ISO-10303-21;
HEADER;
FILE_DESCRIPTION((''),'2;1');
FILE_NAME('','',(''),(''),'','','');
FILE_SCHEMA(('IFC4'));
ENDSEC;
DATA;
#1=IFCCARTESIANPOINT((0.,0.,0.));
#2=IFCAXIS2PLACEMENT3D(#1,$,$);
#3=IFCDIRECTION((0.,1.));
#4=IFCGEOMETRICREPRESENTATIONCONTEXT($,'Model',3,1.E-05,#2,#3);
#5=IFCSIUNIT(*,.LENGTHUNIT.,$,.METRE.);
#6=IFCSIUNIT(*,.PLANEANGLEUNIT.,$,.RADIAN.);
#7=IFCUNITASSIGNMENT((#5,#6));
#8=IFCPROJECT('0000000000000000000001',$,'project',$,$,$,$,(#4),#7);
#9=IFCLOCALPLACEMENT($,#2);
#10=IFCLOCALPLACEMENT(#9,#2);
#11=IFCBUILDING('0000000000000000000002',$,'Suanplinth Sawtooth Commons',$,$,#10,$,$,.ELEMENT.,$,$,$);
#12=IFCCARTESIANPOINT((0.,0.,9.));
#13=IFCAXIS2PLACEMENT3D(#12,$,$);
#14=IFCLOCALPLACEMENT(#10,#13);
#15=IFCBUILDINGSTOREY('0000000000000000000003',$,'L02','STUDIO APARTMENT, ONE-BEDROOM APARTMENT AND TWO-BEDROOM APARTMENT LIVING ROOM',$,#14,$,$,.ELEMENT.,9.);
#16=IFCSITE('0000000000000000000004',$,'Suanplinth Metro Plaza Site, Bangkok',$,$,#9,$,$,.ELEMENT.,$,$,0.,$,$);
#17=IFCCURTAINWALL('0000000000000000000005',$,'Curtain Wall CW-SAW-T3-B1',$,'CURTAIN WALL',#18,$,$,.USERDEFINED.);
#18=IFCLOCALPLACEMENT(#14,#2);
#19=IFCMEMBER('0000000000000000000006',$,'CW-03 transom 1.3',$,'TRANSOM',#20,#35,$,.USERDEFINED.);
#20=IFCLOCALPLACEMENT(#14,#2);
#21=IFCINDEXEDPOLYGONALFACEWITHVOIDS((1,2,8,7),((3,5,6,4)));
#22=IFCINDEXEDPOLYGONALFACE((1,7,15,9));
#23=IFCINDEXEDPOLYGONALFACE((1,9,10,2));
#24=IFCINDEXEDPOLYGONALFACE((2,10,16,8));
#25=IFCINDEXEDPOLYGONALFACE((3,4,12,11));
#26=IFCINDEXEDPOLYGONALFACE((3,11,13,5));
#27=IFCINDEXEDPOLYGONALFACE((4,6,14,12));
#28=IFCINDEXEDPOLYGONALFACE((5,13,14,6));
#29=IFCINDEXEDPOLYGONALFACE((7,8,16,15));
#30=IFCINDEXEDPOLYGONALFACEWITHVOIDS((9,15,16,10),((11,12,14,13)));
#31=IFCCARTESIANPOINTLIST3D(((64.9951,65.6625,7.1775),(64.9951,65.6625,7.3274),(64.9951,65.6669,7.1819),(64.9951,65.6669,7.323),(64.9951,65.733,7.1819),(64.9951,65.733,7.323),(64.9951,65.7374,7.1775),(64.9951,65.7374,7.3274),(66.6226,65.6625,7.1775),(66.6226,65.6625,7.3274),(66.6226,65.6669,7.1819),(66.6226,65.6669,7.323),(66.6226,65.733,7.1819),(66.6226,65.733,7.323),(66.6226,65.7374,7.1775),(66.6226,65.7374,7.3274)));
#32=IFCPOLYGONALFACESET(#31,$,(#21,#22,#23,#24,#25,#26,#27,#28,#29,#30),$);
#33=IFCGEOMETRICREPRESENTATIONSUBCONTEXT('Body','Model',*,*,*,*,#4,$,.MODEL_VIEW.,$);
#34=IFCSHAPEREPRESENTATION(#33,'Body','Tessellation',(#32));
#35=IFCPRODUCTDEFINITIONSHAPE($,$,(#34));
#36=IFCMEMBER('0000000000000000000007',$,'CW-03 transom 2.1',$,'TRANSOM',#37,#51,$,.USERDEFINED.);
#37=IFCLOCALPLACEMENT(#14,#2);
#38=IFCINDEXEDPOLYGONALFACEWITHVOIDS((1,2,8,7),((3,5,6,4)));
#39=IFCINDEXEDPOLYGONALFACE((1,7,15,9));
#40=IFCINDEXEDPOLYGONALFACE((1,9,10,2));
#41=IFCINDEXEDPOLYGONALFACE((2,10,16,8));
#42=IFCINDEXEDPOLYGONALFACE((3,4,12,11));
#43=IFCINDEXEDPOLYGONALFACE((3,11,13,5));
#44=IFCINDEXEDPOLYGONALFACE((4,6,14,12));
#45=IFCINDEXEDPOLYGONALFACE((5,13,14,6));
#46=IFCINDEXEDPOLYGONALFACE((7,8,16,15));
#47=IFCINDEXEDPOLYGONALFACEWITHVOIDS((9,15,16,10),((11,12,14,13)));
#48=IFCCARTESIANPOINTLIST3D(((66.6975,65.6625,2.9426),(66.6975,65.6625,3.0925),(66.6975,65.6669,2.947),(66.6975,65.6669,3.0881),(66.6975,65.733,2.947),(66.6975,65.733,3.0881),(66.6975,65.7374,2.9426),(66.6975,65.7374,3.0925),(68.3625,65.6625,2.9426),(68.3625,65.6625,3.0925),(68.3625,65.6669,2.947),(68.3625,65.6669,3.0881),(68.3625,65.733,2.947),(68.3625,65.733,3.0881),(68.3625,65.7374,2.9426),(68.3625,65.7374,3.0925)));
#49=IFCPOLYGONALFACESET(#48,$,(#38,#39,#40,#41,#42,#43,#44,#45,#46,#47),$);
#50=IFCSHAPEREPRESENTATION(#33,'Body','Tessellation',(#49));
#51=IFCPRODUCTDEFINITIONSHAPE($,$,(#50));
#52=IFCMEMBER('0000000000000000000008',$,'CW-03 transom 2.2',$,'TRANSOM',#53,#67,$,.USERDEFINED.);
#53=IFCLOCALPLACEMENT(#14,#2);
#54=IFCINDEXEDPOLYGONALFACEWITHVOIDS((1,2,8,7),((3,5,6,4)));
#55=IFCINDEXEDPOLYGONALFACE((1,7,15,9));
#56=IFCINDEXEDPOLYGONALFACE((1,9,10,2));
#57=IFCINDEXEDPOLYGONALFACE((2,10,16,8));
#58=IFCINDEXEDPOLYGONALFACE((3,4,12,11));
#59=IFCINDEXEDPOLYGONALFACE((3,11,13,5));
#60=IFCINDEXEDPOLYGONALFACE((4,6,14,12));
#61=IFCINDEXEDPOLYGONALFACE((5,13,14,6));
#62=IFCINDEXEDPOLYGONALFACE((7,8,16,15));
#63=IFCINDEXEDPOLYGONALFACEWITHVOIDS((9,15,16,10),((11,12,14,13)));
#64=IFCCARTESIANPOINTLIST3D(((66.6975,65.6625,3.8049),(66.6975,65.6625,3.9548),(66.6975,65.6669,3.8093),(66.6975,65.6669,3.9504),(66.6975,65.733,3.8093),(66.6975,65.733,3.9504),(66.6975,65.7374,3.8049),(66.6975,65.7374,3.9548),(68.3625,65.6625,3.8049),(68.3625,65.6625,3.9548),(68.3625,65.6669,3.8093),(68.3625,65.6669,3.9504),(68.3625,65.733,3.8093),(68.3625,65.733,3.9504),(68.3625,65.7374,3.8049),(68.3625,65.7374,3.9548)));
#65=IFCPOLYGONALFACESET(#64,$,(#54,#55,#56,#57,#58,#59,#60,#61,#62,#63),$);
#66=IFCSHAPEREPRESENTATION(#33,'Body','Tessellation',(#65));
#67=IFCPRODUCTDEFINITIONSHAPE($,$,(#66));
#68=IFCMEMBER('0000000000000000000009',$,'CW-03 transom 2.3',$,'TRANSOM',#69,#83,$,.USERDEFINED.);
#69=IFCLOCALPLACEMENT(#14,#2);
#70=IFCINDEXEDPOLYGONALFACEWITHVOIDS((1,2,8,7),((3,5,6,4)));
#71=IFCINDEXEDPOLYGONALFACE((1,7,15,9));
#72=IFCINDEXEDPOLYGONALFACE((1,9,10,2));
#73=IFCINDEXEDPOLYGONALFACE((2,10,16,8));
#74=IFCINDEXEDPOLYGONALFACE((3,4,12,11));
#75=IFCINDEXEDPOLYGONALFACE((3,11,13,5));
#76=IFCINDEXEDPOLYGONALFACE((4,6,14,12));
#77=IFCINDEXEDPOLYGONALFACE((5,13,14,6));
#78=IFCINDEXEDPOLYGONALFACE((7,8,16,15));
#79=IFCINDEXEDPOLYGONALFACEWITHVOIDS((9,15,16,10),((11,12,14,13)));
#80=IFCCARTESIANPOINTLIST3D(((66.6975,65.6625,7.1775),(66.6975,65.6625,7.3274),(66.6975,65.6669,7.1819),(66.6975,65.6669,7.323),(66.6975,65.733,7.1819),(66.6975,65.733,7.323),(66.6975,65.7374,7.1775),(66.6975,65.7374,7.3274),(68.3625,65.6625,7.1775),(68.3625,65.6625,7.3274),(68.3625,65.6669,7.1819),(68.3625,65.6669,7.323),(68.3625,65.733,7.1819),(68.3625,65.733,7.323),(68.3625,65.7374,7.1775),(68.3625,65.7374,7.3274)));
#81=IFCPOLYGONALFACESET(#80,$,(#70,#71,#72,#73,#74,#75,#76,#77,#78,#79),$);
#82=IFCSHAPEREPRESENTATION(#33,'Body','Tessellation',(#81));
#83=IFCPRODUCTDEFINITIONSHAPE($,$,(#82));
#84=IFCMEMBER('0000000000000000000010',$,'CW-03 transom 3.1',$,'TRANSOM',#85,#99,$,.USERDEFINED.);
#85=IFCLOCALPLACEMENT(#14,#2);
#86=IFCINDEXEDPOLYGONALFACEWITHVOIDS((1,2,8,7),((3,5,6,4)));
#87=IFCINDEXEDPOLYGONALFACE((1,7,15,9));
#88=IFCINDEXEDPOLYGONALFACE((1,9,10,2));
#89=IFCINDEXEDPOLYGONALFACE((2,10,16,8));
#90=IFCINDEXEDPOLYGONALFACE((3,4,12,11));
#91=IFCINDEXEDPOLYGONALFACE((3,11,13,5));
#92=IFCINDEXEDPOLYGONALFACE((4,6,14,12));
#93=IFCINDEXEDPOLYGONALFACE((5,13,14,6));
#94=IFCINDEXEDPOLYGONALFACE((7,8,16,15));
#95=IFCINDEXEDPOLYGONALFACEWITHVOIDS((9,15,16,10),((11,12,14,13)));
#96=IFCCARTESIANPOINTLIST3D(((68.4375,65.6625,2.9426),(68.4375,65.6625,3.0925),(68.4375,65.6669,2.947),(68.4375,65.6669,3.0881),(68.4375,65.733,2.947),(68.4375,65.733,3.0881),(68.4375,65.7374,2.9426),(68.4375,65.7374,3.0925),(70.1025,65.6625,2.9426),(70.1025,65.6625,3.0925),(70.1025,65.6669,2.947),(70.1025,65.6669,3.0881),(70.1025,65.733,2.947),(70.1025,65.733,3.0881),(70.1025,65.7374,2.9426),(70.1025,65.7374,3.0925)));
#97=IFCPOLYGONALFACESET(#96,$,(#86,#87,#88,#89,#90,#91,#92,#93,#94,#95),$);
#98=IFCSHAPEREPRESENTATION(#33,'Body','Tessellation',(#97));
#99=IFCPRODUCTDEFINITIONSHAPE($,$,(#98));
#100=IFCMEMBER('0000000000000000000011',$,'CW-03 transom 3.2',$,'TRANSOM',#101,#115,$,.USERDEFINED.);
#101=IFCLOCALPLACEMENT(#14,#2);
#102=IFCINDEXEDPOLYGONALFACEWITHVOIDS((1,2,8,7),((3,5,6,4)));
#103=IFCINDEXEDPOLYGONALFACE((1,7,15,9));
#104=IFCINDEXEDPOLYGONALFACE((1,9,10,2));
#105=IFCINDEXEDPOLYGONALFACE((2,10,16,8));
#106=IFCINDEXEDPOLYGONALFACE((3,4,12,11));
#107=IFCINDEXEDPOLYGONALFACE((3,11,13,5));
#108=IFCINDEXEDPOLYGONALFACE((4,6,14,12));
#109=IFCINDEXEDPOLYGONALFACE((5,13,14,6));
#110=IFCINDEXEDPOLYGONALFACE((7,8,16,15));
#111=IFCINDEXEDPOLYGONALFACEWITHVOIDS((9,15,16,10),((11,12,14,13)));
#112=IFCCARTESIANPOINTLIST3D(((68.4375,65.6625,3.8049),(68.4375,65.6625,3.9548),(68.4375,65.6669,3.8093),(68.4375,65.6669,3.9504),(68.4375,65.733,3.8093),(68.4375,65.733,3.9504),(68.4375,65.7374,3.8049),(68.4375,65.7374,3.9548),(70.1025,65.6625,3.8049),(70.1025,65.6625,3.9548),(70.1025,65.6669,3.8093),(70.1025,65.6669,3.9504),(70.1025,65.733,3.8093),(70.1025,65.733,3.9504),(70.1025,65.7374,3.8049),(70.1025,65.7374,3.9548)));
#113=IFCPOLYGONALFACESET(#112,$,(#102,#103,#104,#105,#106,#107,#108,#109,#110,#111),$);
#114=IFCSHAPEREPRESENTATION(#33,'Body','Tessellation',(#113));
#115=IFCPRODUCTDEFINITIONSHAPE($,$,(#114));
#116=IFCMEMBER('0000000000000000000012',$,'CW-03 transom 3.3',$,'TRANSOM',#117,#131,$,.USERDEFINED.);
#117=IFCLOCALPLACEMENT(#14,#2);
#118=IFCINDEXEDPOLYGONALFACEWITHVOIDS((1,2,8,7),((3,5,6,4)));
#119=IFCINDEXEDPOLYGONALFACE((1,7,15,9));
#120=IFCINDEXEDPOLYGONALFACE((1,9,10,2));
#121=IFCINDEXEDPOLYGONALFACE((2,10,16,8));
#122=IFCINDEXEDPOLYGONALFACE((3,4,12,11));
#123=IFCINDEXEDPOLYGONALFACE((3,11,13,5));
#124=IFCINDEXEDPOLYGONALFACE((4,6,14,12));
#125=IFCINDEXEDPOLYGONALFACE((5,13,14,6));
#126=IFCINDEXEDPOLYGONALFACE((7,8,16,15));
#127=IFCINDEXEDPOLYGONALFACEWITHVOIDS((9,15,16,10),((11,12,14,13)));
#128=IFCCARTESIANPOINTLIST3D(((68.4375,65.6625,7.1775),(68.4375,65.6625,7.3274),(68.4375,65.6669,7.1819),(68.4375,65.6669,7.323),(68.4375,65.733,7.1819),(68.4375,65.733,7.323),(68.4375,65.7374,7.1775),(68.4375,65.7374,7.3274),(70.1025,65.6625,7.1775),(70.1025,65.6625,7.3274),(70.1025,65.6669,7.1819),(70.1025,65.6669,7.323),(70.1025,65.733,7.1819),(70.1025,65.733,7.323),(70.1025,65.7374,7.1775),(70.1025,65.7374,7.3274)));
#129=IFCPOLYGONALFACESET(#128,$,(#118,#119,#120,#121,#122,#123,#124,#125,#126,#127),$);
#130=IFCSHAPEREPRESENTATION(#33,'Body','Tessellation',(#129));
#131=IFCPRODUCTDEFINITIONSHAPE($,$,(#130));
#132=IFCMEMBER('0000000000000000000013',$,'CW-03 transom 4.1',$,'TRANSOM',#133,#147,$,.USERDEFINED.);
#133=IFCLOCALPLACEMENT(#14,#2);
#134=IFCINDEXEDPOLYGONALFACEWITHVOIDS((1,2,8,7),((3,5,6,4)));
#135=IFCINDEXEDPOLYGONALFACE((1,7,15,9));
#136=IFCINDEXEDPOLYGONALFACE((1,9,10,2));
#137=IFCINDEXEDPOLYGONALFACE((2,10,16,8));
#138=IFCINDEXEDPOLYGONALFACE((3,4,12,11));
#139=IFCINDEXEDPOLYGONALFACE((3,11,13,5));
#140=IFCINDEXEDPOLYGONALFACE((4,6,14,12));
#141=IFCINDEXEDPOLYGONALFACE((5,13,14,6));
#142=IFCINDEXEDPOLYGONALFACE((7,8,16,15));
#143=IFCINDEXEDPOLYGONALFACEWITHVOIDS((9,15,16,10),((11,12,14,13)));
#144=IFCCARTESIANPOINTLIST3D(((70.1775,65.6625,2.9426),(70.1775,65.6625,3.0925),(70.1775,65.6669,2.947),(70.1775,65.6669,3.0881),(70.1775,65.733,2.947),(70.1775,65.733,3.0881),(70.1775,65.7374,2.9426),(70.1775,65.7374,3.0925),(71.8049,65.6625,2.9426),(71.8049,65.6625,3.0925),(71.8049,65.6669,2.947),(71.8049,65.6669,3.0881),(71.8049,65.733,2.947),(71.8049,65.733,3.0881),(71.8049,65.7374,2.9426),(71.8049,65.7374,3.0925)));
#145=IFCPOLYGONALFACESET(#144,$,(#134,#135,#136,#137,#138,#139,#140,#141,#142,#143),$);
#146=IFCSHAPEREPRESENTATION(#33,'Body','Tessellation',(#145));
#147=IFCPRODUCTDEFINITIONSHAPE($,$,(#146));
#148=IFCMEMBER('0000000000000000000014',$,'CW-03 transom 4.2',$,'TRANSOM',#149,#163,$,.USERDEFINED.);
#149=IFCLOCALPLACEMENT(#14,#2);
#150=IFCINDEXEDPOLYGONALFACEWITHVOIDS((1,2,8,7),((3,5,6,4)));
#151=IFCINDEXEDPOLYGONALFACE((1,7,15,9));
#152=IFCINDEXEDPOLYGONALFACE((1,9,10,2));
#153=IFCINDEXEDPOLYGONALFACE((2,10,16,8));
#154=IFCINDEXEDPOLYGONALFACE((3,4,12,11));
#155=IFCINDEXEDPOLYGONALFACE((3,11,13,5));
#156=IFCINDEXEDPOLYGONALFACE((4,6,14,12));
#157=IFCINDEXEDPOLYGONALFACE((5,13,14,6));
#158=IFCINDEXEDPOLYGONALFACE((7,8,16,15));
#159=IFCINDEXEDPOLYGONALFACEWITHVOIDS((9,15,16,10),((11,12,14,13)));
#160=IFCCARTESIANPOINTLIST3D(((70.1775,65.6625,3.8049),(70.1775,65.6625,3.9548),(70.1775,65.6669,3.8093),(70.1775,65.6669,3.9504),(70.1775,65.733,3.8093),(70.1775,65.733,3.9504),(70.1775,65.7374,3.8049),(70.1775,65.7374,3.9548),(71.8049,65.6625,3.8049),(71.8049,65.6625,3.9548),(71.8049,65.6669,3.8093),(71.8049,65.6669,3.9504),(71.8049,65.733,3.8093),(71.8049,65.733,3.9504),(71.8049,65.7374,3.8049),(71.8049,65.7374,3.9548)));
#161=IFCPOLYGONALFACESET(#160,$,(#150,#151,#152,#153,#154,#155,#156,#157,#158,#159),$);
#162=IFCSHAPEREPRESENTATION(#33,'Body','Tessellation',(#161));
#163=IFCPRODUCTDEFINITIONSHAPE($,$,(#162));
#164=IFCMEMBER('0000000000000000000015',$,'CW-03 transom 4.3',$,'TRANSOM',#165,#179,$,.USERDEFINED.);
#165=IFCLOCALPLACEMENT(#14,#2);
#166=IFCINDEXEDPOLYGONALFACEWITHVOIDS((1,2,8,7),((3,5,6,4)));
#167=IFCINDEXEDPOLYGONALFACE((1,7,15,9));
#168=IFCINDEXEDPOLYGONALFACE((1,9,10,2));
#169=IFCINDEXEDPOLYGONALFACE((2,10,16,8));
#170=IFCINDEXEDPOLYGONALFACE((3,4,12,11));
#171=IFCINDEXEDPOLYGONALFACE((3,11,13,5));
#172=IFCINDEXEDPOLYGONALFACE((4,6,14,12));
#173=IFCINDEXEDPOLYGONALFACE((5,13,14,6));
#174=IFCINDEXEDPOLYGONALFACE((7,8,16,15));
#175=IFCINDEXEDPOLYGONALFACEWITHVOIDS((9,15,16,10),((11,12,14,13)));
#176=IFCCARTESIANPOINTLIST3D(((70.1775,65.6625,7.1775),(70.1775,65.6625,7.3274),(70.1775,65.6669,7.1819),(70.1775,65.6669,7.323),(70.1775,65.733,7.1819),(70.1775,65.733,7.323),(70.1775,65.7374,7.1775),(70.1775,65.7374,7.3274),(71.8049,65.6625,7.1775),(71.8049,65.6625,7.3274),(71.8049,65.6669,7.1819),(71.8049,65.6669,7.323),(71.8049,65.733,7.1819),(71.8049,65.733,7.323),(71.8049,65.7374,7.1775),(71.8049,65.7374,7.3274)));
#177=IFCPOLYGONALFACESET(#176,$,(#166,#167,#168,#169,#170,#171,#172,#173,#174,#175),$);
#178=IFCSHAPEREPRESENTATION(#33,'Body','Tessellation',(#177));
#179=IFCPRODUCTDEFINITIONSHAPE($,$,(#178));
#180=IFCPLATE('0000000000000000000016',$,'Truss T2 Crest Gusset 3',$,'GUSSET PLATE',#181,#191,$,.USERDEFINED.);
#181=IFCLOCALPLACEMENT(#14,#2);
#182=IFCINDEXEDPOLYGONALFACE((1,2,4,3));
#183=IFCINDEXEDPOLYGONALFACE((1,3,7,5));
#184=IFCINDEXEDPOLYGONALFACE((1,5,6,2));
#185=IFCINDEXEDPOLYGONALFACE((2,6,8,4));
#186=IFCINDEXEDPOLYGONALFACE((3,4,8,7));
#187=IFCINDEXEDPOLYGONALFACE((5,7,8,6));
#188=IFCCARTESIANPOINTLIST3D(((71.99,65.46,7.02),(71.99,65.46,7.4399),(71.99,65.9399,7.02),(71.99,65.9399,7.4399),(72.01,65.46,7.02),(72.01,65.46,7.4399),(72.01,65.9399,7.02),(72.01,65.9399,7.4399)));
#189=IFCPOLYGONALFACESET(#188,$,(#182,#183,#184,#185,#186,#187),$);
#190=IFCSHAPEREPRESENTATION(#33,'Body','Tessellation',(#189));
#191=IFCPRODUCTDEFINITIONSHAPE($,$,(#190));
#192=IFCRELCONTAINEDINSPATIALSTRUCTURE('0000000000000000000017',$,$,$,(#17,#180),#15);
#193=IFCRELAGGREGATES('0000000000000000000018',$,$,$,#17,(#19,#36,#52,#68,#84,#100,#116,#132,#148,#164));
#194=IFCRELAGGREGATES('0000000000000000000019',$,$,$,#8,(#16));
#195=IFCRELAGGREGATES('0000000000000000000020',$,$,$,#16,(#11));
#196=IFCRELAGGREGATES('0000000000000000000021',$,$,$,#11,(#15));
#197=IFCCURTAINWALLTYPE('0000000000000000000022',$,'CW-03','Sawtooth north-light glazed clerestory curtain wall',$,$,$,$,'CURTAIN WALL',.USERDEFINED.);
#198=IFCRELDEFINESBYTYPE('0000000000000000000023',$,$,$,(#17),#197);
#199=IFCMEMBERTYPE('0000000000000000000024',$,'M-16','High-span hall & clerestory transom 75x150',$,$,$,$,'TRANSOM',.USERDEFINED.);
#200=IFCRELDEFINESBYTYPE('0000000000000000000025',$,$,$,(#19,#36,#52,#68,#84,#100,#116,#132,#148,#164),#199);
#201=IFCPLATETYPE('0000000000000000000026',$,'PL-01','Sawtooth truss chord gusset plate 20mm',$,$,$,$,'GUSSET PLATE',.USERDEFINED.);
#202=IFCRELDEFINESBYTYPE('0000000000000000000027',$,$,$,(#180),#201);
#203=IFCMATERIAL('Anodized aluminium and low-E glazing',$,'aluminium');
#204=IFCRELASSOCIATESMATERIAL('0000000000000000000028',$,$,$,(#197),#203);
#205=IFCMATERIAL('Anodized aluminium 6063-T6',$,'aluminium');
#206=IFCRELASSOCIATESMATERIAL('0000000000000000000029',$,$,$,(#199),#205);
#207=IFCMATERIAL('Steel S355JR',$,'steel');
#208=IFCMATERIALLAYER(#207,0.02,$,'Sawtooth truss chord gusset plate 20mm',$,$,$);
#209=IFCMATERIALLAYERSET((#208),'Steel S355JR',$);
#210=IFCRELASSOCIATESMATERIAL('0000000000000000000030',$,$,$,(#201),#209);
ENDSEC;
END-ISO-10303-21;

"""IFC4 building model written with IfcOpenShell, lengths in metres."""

from ifc_helpers import new_model, si_unit, direction, frame, origin, origin_2d, place, context, subcontext, project, spatial, rectangle, hollow_rectangle, extrude, material, layer, layer_set, material_profile, profile_set, type_object, element, aggregate, save


model = new_model("IFC4")

# Units and contexts
model_context = context("Model", 3, precision=1e-05, world=origin(), true_north=direction((0.0, 1.0)))
body_context = subcontext(model_context, "Body", "Model", "MODEL_VIEW")
ifc_project = project(units=[si_unit("LENGTHUNIT", "METRE"), si_unit("PLANEANGLEUNIT", "RADIAN")], contexts=[model_context])

# Site, building, storey
site_placement = place(None, origin())
site = spatial("IfcSite", under=ifc_project, at=site_placement, Name="Suanplinth Metro Plaza Site, Bangkok", CompositionType="ELEMENT", RefElevation=0.0)
building_placement = place(site_placement, origin())
building = spatial("IfcBuilding", under=site, at=building_placement, Name="Suanplinth Sawtooth Commons", CompositionType="ELEMENT")
storey_placement = place(building_placement, frame((0.0, 0.0, 9.0)))
storey = spatial("IfcBuildingStorey", under=building, at=storey_placement, Name="L02", Description="STUDIO APARTMENT, ONE-BEDROOM APARTMENT AND TWO-BEDROOM APARTMENT LIVING ROOM", CompositionType="ELEMENT", Elevation=9.0)

# Shared definitions
ifc_material_1 = material(Name="Steel S355JR", Category="steel")

# Curtain wall, members
ifc_material_2 = material(Name="Anodized aluminium and low-E glazing", Category="aluminium")
curtain_wall_type = type_object("IfcCurtainWallType", Name="CW-03", Description="Sawtooth north-light glazed clerestory curtain wall", ElementType="CURTAIN WALL", PredefinedType="USERDEFINED", material=ifc_material_2)
curtain_wall_placement = place(storey_placement, origin())
curtain_wall = element("IfcCurtainWall", 1, at=curtain_wall_placement, inside=storey, type_object=curtain_wall_type, Name="Curtain Wall CW-SAW-T3-B1", ObjectType="CURTAIN WALL", PredefinedType="USERDEFINED")
ifc_material_3 = material(Name="Anodized aluminium 6063-T6", Category="aluminium")
ifc_material_profile_1 = material_profile(ifc_material_3, hollow_rectangle(XDim=0.075, YDim=0.1499, WallThickness=0.0044, at=origin_2d()), Name="ALU-TRN 75x150")
ifc_profile_set_1 = profile_set([ifc_material_profile_1], Name="Anodized aluminium 6063-T6")
member_type_1 = type_object("IfcMemberType", Name="M-16", Description="High-span hall & clerestory transom 75x150", ElementType="TRANSOM", PredefinedType="USERDEFINED", material=ifc_profile_set_1)
member_1_placement = place(storey_placement, frame((64.9951, 65.7, 7.2524), z_axis=(1.0, 0.0, 0.0), x_axis=(0.0, 1.0, 0.0)))
member_1 = element("IfcMember", 2, at=member_1_placement, type_object=member_type_1, Name="CW-03 transom 1.3", ObjectType="TRANSOM", PredefinedType="USERDEFINED", context=body_context, shape_type="SweptSolid", body=[
    extrude(hollow_rectangle(XDim=0.075, YDim=0.1499, WallThickness=0.0044, at=origin_2d()), origin(), (0.0, 0.0, 1.0), 1.6274),
])
member_2_placement = place(storey_placement, frame((66.6975, 65.7, 3.0176), z_axis=(1.0, 0.0, 0.0), x_axis=(0.0, 1.0, 0.0)))
member_2 = element("IfcMember", 3, at=member_2_placement, type_object=member_type_1, Name="CW-03 transom 2.1", ObjectType="TRANSOM", PredefinedType="USERDEFINED", context=body_context, shape_type="SweptSolid", body=[
    extrude(hollow_rectangle(XDim=0.075, YDim=0.1499, WallThickness=0.0044, at=origin_2d()), origin(), (0.0, 0.0, 1.0), 1.665),
])
member_3_placement = place(storey_placement, frame((66.6975, 65.7, 3.8799), z_axis=(1.0, 0.0, 0.0), x_axis=(0.0, 1.0, 0.0)))
member_3 = element("IfcMember", 4, at=member_3_placement, type_object=member_type_1, Name="CW-03 transom 2.2", ObjectType="TRANSOM", PredefinedType="USERDEFINED", context=body_context, shape_type="SweptSolid", body=[
    extrude(hollow_rectangle(XDim=0.075, YDim=0.1499, WallThickness=0.0044, at=origin_2d()), origin(), (0.0, 0.0, 1.0), 1.665),
])
member_4_placement = place(storey_placement, frame((66.6975, 65.7, 7.2524), z_axis=(1.0, 0.0, 0.0), x_axis=(0.0, 1.0, 0.0)))
member_4 = element("IfcMember", 5, at=member_4_placement, type_object=member_type_1, Name="CW-03 transom 2.3", ObjectType="TRANSOM", PredefinedType="USERDEFINED", context=body_context, shape_type="SweptSolid", body=[
    extrude(hollow_rectangle(XDim=0.075, YDim=0.1499, WallThickness=0.0044, at=origin_2d()), origin(), (0.0, 0.0, 1.0), 1.665),
])
member_5_placement = place(storey_placement, frame((68.4375, 65.7, 3.0176), z_axis=(1.0, 0.0, 0.0), x_axis=(0.0, 1.0, 0.0)))
member_5 = element("IfcMember", 6, at=member_5_placement, type_object=member_type_1, Name="CW-03 transom 3.1", ObjectType="TRANSOM", PredefinedType="USERDEFINED", context=body_context, shape_type="SweptSolid", body=[
    extrude(hollow_rectangle(XDim=0.075, YDim=0.1499, WallThickness=0.0044, at=origin_2d()), origin(), (0.0, 0.0, 1.0), 1.665),
])
member_6_placement = place(storey_placement, frame((68.4375, 65.7, 3.8799), z_axis=(1.0, 0.0, 0.0), x_axis=(0.0, 1.0, 0.0)))
member_6 = element("IfcMember", 7, at=member_6_placement, type_object=member_type_1, Name="CW-03 transom 3.2", ObjectType="TRANSOM", PredefinedType="USERDEFINED", context=body_context, shape_type="SweptSolid", body=[
    extrude(hollow_rectangle(XDim=0.075, YDim=0.1499, WallThickness=0.0044, at=origin_2d()), origin(), (0.0, 0.0, 1.0), 1.665),
])
member_7_placement = place(storey_placement, frame((68.4375, 65.7, 7.2524), z_axis=(1.0, 0.0, 0.0), x_axis=(0.0, 1.0, 0.0)))
member_7 = element("IfcMember", 8, at=member_7_placement, type_object=member_type_1, Name="CW-03 transom 3.3", ObjectType="TRANSOM", PredefinedType="USERDEFINED", context=body_context, shape_type="SweptSolid", body=[
    extrude(hollow_rectangle(XDim=0.075, YDim=0.1499, WallThickness=0.0044, at=origin_2d()), origin(), (0.0, 0.0, 1.0), 1.665),
])
member_8_placement = place(storey_placement, frame((70.1775, 65.7, 3.0176), z_axis=(1.0, 0.0, 0.0), x_axis=(0.0, 1.0, 0.0)))
member_8 = element("IfcMember", 9, at=member_8_placement, type_object=member_type_1, Name="CW-03 transom 4.1", ObjectType="TRANSOM", PredefinedType="USERDEFINED", context=body_context, shape_type="SweptSolid", body=[
    extrude(hollow_rectangle(XDim=0.075, YDim=0.1499, WallThickness=0.0044, at=origin_2d()), origin(), (0.0, 0.0, 1.0), 1.6274),
])
member_9_placement = place(storey_placement, frame((70.1775, 65.7, 3.8799), z_axis=(1.0, 0.0, 0.0), x_axis=(0.0, 1.0, 0.0)))
member_9 = element("IfcMember", 10, at=member_9_placement, type_object=member_type_1, Name="CW-03 transom 4.2", ObjectType="TRANSOM", PredefinedType="USERDEFINED", context=body_context, shape_type="SweptSolid", body=[
    extrude(hollow_rectangle(XDim=0.075, YDim=0.1499, WallThickness=0.0044, at=origin_2d()), origin(), (0.0, 0.0, 1.0), 1.6274),
])
member_10_placement = place(storey_placement, frame((70.1775, 65.7, 7.2524), z_axis=(1.0, 0.0, 0.0), x_axis=(0.0, 1.0, 0.0)))
member_10 = element("IfcMember", 11, at=member_10_placement, type_object=member_type_1, Name="CW-03 transom 4.3", ObjectType="TRANSOM", PredefinedType="USERDEFINED", context=body_context, shape_type="SweptSolid", body=[
    extrude(hollow_rectangle(XDim=0.075, YDim=0.1499, WallThickness=0.0044, at=origin_2d()), origin(), (0.0, 0.0, 1.0), 1.6274),
])

# Plate
ifc_layer_1 = layer(ifc_material_1, 0.02, Name="Sawtooth truss chord gusset plate 20mm")
ifc_layer_set_1 = layer_set([ifc_layer_1], Name="Steel S355JR")
plate_type_1 = type_object("IfcPlateType", Name="PL-01", Description="Sawtooth truss chord gusset plate 20mm", ElementType="GUSSET PLATE", PredefinedType="USERDEFINED", material=ifc_layer_set_1)
for number, where, z_axis, x_axis, name in (
    (12, (72.0, 65.7, 7.02), (0.0, 0.0, 1.0), (1.0, 0.0, 0.0), "Truss T2 Crest Gusset 3"),
):
    element("IfcPlate", number, at=place(storey_placement, frame(where, z_axis=z_axis, x_axis=x_axis)), inside=storey, type_object=plate_type_1, Name=name, ObjectType="GUSSET PLATE", PredefinedType="USERDEFINED", context=body_context, shape_type="SweptSolid", body=[
        extrude(rectangle(XDim=0.02, YDim=0.48, at=origin_2d()), origin(), (0.0, 0.0, 1.0), 0.4199),
    ])

aggregate(curtain_wall, [member_1, member_2, member_3, member_4, member_5, member_6, member_7, member_8, member_9, member_10])

save(model, "model.ifc")
